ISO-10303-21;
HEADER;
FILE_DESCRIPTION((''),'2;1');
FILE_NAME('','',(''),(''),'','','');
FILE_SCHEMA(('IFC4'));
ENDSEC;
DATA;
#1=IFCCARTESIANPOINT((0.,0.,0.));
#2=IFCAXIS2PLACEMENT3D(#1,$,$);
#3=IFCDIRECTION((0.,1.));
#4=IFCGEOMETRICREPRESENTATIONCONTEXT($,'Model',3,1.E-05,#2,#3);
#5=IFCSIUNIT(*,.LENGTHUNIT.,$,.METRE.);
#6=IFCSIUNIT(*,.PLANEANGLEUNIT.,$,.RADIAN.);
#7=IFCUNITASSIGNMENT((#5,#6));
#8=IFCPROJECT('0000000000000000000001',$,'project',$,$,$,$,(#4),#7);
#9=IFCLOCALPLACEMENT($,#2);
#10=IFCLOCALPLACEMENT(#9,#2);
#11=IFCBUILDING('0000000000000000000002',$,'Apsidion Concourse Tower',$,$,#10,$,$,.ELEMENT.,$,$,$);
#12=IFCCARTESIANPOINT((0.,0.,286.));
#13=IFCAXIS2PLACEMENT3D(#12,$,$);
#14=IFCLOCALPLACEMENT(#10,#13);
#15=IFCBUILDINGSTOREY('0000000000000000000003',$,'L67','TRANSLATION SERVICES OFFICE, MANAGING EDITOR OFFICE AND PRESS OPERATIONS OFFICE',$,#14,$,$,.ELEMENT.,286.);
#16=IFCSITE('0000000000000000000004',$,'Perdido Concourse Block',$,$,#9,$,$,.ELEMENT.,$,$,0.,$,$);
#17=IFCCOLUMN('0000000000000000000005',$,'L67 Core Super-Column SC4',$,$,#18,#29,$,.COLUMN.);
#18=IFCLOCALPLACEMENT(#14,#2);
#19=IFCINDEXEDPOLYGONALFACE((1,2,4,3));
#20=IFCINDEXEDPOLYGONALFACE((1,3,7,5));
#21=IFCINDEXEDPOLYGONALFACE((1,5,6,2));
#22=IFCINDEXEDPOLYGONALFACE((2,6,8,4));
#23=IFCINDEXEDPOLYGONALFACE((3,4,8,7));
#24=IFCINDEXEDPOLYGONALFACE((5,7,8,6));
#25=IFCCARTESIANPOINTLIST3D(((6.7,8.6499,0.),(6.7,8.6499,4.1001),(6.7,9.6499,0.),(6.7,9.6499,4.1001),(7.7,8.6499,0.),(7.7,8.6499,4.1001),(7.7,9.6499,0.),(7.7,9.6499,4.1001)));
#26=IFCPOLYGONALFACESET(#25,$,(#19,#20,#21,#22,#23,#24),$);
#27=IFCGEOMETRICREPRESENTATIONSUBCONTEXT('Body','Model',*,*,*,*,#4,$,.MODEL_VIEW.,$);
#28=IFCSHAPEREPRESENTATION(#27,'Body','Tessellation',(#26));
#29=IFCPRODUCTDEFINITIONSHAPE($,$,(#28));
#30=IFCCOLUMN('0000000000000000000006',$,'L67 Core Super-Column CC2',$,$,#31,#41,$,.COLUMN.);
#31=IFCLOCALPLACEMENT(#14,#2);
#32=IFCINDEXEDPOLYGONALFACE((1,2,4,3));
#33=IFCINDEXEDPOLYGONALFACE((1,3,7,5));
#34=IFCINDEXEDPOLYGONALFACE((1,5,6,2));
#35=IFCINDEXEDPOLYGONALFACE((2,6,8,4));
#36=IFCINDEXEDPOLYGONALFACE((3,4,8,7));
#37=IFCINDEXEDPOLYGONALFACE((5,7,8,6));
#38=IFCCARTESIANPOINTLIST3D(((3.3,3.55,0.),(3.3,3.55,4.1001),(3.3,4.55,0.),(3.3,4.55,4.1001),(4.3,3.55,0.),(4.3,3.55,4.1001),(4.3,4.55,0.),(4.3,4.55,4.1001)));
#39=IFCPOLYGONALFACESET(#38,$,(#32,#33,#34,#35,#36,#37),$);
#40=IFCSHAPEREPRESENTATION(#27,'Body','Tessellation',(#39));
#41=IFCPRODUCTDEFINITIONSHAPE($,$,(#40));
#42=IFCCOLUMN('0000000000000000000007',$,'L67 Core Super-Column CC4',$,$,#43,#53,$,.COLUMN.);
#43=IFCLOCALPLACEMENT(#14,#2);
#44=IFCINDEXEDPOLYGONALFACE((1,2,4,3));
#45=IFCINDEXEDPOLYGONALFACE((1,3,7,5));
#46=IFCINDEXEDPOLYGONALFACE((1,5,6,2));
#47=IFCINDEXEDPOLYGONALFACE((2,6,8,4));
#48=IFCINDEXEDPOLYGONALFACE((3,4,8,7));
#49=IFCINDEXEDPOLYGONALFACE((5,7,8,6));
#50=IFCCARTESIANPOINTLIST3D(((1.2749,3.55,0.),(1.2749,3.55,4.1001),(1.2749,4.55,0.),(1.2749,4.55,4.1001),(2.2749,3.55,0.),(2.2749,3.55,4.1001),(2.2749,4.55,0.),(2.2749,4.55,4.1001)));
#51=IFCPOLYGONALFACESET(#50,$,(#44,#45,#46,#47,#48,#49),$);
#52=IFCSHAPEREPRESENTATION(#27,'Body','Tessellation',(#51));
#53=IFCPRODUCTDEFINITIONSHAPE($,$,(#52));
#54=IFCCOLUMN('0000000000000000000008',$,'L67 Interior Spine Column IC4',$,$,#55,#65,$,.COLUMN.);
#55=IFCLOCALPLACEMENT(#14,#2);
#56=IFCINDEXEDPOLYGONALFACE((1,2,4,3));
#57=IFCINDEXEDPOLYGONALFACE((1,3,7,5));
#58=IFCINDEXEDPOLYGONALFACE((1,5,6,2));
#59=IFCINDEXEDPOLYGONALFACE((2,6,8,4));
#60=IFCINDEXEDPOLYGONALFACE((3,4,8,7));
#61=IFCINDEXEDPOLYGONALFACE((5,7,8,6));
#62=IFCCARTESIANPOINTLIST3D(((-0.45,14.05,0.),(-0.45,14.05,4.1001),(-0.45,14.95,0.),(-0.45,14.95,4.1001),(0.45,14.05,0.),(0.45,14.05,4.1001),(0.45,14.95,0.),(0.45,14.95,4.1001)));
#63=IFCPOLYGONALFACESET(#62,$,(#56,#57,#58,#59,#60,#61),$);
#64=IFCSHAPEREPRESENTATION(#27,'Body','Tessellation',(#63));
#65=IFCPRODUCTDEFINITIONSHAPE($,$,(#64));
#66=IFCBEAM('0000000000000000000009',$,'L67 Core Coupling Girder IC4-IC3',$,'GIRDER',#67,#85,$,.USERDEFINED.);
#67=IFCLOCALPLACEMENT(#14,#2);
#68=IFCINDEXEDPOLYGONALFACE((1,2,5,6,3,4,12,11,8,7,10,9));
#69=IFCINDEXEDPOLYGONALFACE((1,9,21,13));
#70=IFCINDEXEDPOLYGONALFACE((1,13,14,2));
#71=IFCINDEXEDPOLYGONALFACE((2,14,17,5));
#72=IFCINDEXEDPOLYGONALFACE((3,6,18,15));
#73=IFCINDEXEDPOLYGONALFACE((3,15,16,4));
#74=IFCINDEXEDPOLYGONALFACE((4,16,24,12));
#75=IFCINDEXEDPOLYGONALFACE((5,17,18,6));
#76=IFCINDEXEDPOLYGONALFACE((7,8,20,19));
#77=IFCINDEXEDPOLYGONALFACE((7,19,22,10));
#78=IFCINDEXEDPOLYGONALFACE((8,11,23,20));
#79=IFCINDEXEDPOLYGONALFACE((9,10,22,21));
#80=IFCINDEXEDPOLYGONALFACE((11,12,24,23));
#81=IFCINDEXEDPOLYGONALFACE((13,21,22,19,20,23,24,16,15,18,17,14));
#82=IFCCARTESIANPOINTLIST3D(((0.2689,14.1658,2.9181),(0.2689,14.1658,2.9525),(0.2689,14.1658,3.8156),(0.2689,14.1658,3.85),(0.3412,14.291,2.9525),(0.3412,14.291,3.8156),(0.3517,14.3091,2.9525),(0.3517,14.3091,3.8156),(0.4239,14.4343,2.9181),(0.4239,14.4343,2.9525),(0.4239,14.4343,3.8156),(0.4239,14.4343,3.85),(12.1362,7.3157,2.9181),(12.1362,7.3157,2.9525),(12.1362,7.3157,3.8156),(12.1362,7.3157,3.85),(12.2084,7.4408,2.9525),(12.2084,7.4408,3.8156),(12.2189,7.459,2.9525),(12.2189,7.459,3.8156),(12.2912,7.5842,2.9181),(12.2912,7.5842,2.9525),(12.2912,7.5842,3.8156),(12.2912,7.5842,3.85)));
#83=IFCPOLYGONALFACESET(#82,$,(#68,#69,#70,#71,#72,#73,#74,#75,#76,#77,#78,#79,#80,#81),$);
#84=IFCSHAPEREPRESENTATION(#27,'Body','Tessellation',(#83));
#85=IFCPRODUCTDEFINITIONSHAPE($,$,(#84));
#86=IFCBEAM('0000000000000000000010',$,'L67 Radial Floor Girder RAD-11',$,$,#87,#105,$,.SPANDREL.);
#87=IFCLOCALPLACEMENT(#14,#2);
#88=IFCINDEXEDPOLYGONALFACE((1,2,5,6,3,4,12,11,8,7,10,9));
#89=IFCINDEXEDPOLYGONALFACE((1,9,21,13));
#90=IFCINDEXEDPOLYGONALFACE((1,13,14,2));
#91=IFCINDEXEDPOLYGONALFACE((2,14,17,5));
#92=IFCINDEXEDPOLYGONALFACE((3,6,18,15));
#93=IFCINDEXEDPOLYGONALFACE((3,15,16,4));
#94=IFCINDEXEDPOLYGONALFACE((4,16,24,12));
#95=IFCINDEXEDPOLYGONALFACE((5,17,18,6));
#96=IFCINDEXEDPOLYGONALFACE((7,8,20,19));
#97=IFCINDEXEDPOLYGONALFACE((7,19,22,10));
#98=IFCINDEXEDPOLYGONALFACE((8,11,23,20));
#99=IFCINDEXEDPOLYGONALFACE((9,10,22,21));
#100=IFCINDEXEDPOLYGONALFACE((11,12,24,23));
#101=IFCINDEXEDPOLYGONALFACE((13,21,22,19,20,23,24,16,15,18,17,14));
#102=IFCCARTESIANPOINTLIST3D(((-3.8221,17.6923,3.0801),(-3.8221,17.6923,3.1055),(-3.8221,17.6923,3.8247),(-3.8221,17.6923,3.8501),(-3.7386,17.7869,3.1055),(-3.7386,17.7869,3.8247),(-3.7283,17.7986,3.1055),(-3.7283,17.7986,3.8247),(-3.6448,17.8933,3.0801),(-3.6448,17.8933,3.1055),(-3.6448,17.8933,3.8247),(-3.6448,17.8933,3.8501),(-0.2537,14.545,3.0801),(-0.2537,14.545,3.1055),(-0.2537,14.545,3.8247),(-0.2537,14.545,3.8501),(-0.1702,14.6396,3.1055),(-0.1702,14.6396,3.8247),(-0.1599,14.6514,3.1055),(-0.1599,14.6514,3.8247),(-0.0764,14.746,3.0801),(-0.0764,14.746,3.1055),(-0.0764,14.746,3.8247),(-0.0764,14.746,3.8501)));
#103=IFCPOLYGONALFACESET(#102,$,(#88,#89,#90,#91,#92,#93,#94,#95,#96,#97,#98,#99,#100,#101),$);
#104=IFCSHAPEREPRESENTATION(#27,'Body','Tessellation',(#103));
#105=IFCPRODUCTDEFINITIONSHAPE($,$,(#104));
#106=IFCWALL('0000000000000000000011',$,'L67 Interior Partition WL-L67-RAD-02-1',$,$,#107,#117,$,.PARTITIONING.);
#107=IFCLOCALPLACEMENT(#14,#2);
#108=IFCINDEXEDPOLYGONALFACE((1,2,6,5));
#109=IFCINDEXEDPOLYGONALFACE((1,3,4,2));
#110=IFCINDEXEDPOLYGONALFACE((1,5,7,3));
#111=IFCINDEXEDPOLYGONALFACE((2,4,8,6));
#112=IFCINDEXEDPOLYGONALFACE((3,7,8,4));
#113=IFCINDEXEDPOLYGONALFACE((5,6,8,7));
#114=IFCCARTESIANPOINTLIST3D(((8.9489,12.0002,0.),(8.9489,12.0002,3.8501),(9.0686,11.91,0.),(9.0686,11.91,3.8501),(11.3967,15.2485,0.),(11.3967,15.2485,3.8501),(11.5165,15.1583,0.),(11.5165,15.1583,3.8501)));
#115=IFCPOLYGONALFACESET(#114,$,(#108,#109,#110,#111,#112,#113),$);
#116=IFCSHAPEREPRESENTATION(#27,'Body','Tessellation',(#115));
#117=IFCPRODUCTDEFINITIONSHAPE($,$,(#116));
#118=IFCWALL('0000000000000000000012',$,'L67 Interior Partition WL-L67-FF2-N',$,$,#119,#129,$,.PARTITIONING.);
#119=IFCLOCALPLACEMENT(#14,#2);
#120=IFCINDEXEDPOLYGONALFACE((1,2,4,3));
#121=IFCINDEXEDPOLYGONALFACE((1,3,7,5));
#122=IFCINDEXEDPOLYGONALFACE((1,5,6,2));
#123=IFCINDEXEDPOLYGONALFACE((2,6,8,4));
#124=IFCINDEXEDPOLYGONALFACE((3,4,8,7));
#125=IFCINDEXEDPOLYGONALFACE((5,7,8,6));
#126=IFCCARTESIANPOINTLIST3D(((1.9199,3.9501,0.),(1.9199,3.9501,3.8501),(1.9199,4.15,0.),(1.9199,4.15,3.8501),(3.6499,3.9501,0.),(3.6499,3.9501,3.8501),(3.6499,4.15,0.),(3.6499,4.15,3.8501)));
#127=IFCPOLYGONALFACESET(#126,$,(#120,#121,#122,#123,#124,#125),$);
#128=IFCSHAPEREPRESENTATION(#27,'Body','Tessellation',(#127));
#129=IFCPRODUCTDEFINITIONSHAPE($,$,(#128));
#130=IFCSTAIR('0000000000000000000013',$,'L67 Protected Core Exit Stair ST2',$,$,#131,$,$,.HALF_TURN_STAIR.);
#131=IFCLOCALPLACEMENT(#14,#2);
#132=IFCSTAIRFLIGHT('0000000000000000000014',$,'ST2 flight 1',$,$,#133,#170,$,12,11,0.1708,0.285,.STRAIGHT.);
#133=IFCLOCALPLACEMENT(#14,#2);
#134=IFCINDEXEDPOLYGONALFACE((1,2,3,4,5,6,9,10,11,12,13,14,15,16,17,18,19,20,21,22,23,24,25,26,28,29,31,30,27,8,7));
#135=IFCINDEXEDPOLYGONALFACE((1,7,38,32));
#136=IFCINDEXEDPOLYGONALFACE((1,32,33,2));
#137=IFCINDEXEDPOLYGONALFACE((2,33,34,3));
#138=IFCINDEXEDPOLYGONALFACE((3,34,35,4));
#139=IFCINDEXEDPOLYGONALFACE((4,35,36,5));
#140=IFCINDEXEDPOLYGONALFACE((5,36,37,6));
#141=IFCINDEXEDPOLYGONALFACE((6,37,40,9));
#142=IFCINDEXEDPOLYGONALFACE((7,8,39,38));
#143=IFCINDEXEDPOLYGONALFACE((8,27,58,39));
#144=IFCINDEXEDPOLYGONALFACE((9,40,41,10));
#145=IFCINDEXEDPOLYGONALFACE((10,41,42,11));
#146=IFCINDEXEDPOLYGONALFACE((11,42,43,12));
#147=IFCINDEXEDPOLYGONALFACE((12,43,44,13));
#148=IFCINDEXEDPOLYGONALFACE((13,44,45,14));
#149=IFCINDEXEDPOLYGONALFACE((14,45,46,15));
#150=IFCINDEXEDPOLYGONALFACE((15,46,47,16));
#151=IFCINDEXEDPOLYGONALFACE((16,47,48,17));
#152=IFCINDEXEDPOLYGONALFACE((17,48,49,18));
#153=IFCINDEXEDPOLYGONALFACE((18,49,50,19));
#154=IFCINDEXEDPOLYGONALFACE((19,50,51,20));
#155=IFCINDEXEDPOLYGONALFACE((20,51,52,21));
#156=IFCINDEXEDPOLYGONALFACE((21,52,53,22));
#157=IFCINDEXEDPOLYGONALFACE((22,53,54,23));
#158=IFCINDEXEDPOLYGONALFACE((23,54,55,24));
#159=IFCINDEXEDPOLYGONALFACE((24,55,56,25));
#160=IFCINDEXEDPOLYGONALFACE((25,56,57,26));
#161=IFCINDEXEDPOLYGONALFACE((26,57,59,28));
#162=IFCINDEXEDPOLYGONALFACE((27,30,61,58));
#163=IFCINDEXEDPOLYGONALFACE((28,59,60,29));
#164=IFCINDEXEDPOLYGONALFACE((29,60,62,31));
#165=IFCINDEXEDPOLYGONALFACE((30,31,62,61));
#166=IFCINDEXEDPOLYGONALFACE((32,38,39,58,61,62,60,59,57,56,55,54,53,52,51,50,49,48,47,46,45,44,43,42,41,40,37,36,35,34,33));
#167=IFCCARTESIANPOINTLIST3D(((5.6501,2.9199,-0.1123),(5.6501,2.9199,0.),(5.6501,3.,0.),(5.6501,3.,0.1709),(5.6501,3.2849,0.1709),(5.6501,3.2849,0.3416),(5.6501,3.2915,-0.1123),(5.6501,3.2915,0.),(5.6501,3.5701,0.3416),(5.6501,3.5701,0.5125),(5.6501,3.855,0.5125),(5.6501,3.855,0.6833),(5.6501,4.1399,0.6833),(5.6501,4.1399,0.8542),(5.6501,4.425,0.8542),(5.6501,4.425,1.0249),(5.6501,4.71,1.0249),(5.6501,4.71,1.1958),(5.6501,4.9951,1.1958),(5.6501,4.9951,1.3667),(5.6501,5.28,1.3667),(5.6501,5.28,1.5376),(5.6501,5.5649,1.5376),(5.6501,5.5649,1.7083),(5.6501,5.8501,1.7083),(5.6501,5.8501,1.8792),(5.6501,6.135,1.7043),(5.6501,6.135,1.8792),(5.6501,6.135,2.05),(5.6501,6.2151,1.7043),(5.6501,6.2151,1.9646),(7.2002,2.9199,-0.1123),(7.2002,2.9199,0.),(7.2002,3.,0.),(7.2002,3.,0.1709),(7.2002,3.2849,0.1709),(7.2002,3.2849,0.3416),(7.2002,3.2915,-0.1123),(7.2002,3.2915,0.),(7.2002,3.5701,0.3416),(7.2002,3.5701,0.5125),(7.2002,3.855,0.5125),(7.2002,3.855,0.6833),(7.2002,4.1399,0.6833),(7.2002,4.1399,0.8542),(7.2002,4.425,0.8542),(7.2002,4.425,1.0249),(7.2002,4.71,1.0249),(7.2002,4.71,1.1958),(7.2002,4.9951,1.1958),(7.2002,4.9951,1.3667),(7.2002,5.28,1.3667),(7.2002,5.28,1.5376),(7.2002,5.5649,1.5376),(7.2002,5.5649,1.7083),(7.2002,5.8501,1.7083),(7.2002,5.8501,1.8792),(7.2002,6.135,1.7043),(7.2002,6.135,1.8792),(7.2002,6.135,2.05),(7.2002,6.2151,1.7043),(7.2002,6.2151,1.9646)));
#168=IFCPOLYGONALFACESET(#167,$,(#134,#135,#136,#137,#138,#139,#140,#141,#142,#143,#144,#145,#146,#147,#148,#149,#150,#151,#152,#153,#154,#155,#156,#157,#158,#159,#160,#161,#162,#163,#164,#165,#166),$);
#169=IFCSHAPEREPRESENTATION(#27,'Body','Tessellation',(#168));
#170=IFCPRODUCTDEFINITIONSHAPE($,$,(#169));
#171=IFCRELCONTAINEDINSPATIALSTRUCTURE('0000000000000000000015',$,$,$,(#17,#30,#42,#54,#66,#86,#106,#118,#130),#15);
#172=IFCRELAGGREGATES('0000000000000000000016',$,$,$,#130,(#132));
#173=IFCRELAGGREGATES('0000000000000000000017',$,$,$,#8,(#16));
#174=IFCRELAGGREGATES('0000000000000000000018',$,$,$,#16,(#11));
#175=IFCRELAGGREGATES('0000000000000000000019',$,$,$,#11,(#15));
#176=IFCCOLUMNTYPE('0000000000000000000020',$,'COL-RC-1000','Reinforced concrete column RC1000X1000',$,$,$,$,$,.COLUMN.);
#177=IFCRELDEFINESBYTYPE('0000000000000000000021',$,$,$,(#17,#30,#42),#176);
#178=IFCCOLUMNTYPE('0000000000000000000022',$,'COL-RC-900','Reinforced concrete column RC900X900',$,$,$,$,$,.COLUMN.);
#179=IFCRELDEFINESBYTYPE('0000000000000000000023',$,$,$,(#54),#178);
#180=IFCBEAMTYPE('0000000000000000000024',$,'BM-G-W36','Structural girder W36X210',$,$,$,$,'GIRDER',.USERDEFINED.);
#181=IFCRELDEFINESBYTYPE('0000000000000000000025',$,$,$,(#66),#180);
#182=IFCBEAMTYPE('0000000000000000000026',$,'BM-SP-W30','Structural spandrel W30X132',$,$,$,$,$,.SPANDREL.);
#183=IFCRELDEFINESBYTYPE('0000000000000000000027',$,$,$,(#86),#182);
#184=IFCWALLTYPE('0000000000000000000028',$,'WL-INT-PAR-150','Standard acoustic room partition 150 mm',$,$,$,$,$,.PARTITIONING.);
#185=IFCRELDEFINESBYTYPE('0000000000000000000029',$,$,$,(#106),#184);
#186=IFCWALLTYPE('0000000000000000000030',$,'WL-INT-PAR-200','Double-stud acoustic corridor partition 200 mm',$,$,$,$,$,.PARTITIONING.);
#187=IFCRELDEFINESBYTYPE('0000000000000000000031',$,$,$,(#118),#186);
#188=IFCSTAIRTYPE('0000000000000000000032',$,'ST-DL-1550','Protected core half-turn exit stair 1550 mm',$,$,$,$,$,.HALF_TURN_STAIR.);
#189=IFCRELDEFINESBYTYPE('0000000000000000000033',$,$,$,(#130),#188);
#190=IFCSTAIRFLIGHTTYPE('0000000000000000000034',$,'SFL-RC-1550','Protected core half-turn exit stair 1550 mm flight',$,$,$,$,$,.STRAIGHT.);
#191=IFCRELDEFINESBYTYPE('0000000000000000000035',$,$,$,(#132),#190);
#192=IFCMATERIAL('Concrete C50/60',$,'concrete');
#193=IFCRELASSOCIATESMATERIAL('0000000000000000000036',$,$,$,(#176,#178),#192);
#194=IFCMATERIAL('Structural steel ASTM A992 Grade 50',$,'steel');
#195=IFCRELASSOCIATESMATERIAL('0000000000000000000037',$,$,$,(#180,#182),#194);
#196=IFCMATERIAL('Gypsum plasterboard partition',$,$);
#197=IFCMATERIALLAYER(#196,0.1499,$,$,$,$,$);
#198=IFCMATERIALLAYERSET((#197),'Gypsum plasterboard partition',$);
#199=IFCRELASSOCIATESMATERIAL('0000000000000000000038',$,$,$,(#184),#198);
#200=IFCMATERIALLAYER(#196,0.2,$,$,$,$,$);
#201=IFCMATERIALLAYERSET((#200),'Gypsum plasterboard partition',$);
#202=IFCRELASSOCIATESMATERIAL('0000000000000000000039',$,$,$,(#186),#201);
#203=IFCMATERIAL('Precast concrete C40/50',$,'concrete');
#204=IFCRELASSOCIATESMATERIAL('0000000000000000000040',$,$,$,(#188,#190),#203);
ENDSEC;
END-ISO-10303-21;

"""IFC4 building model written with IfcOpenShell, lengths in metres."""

from ifc_helpers import new_model, si_unit, direction, frame, frame_2d, origin, origin_2d, place, context, subcontext, project, spatial, polyline, rectangle, i_section, outline, extrude, material, layer, layer_set, material_profile, profile_set, type_object, element, aggregate, save


model = new_model("IFC4")

# Units and contexts
model_context = context("Model", 3, precision=1e-05, world=origin(), true_north=direction((0.0, 1.0)))
body_context = subcontext(model_context, "Body", "Model", "MODEL_VIEW")
ifc_project = project(units=[si_unit("LENGTHUNIT", "METRE"), si_unit("PLANEANGLEUNIT", "RADIAN")], contexts=[model_context])

# Site, building, storey
site_placement = place(None, origin())
site = spatial("IfcSite", under=ifc_project, at=site_placement, Name="Perdido Concourse Block", CompositionType="ELEMENT", RefElevation=0.0)
building_placement = place(site_placement, origin())
building = spatial("IfcBuilding", under=site, at=building_placement, Name="Apsidion Concourse Tower", CompositionType="ELEMENT")
storey_placement = place(building_placement, frame((0.0, 0.0, 286.0)))
storey = spatial("IfcBuildingStorey", under=building, at=storey_placement, Name="L67", Description="TRANSLATION SERVICES OFFICE, MANAGING EDITOR OFFICE AND PRESS OPERATIONS OFFICE", CompositionType="ELEMENT", Elevation=286.0)

# Columns
ifc_material_1 = material(Name="Concrete C50/60", Category="concrete")
ifc_material_profile_1 = material_profile(ifc_material_1, rectangle(XDim=1.0, YDim=1.0, at=origin_2d()), Name="RC 1000x1000")
ifc_profile_set_1 = profile_set([ifc_material_profile_1], Name="Concrete C50/60")
column_type_1 = type_object("IfcColumnType", Name="COL-RC-1000", Description="Reinforced concrete column RC1000X1000", PredefinedType="COLUMN", material=ifc_profile_set_1)
for number, where, z_axis, x_axis, name in (
    (1, (7.2, 9.1499, 0.0), (0.0, 0.0, 1.0), (1.0, 0.0, 0.0), "L67 Core Super-Column SC4"),
    (2, (3.8, 4.05, 0.0), (0.0, 0.0, 1.0), (1.0, 0.0, 0.0), "L67 Core Super-Column CC2"),
    (3, (1.7749, 4.05, 0.0), (0.0, 0.0, 1.0), (1.0, 0.0, 0.0), "L67 Core Super-Column CC4"),
):
    element("IfcColumn", number, at=place(storey_placement, frame(where, z_axis=z_axis, x_axis=x_axis)), inside=storey, type_object=column_type_1, Name=name, PredefinedType="COLUMN", context=body_context, shape_type="SweptSolid", body=[
        extrude(rectangle(XDim=1.0, YDim=1.0, at=origin_2d()), origin(), (0.0, 0.0, 1.0), 4.1001),
    ])
ifc_material_profile_2 = material_profile(ifc_material_1, rectangle(XDim=0.8999, YDim=0.8999, at=origin_2d()), Name="RC 900x900")
ifc_profile_set_2 = profile_set([ifc_material_profile_2], Name="Concrete C50/60")
column_type_2 = type_object("IfcColumnType", Name="COL-RC-900", Description="Reinforced concrete column RC900X900", PredefinedType="COLUMN", material=ifc_profile_set_2)
column_placement = place(storey_placement, frame((0.0, 14.5, 0.0), z_axis=(0.0, 0.0, 1.0), x_axis=(1.0, 0.0, 0.0)))
element("IfcColumn", 4, at=column_placement, inside=storey, type_object=column_type_2, Name="L67 Interior Spine Column IC4", PredefinedType="COLUMN", context=body_context, shape_type="SweptSolid", body=[
    extrude(rectangle(XDim=0.8999, YDim=0.8999, at=origin_2d()), origin(), (0.0, 0.0, 1.0), 4.1001),
])

# Beams
ifc_material_2 = material(Name="Structural steel ASTM A992 Grade 50", Category="steel")
ifc_material_profile_3 = material_profile(ifc_material_2, i_section(OverallWidth=0.3101, OverallDepth=0.9319, WebThickness=0.021, FlangeThickness=0.0344, at=origin_2d()), Name="W36X210")
ifc_profile_set_3 = profile_set([ifc_material_profile_3], Name="Structural steel ASTM A992 Grade 50")
beam_type_1 = type_object("IfcBeamType", Name="BM-G-W36", Description="Structural girder W36X210", ElementType="GIRDER", PredefinedType="USERDEFINED", material=ifc_profile_set_3)
beam_1_placement = place(storey_placement, frame((0.3464, 14.3, 3.384), z_axis=(0.86607, -0.499922, 0.0), x_axis=(0.499922, 0.86607, 0.0)))
element("IfcBeam", 5, at=beam_1_placement, inside=storey, type_object=beam_type_1, Name="L67 Core Coupling Girder IC4-IC3", ObjectType="GIRDER", PredefinedType="USERDEFINED", context=body_context, shape_type="SweptSolid", body=[
    extrude(i_section(OverallWidth=0.3101, OverallDepth=0.9319, WebThickness=0.021, FlangeThickness=0.0344, at=origin_2d()), origin(), (0.0, 0.0, 1.0), 13.7024),
])
ifc_material_profile_4 = material_profile(ifc_material_2, i_section(OverallWidth=0.2681, OverallDepth=0.77, WebThickness=0.0156, FlangeThickness=0.0254, at=origin_2d()), Name="W30X132")
ifc_profile_set_4 = profile_set([ifc_material_profile_4], Name="Structural steel ASTM A992 Grade 50")
beam_type_2 = type_object("IfcBeamType", Name="BM-SP-W30", Description="Structural spandrel W30X132", PredefinedType="SPANDREL", material=ifc_profile_set_4)
beam_2_placement = place(storey_placement, frame((-0.165, 14.6455, 3.4651), z_axis=(-0.749977, 0.661464, 0.0), x_axis=(-0.661464, -0.749977, 0.0)))
element("IfcBeam", 6, at=beam_2_placement, inside=storey, type_object=beam_type_2, Name="L67 Radial Floor Girder RAD-11", PredefinedType="SPANDREL", context=body_context, shape_type="SweptSolid", body=[
    extrude(i_section(OverallWidth=0.2681, OverallDepth=0.77, WebThickness=0.0156, FlangeThickness=0.0254, at=origin_2d()), origin(), (0.0, 0.0, 1.0), 4.7581),
])

# Walls
ifc_material_3 = material(Name="Gypsum plasterboard partition")
ifc_layer_1 = layer(ifc_material_3, 0.1499)
ifc_layer_set_1 = layer_set([ifc_layer_1], Name="Gypsum plasterboard partition")
wall_type_1 = type_object("IfcWallType", Name="WL-INT-PAR-150", Description="Standard acoustic room partition 150 mm", PredefinedType="PARTITIONING", material=ifc_layer_set_1)
wall_1_placement = place(storey_placement, frame((9.0088, 11.9551, 0.0), z_axis=(0.0, 0.0, 1.0), x_axis=(0.601814, 0.798637, 0.0)))
element("IfcWall", 7, at=wall_1_placement, inside=storey, type_object=wall_type_1, Name="L67 Interior Partition WL-L67-RAD-02-1", PredefinedType="PARTITIONING", context=body_context, shape_type="SweptSolid", body=[
    extrude(rectangle(XDim=4.0674, YDim=0.1499, at=frame_2d((2.0337, 0.0))), origin(), (0.0, 0.0, 1.0), 3.8501),
])
ifc_layer_2 = layer(ifc_material_3, 0.2)
ifc_layer_set_2 = layer_set([ifc_layer_2], Name="Gypsum plasterboard partition")
wall_type_2 = type_object("IfcWallType", Name="WL-INT-PAR-200", Description="Double-stud acoustic corridor partition 200 mm", PredefinedType="PARTITIONING", material=ifc_layer_set_2)
wall_2_placement = place(storey_placement, frame((1.9199, 4.05, 0.0), z_axis=(0.0, 0.0, 1.0), x_axis=(1.0, 0.0, 0.0)))
element("IfcWall", 8, at=wall_2_placement, inside=storey, type_object=wall_type_2, Name="L67 Interior Partition WL-L67-FF2-N", PredefinedType="PARTITIONING", context=body_context, shape_type="SweptSolid", body=[
    extrude(rectangle(XDim=1.73, YDim=0.2, at=frame_2d((0.865, 0.0))), origin(), (0.0, 0.0, 1.0), 3.8501),
])

# Stair, stair flight
ifc_material_4 = material(Name="Precast concrete C40/50", Category="concrete")
stair_type = type_object("IfcStairType", Name="ST-DL-1550", Description="Protected core half-turn exit stair 1550 mm", PredefinedType="HALF_TURN_STAIR", material=ifc_material_4)
stair_1_placement = place(storey_placement, origin())
stair_1 = element("IfcStair", 9, at=stair_1_placement, inside=storey, type_object=stair_type, Name="L67 Protected Core Exit Stair ST2", PredefinedType="HALF_TURN_STAIR")
stair_flight_type = type_object("IfcStairFlightType", Name="SFL-RC-1550", Description="Protected core half-turn exit stair 1550 mm flight", PredefinedType="STRAIGHT", material=ifc_material_4)
stair_flight_1_placement = place(storey_placement, frame((6.425, 3.0, 0.0), z_axis=(0.0, 0.0, 1.0), x_axis=(0.0, 1.0, 0.0)))
stair_flight_1 = element("IfcStairFlight", 10, at=stair_flight_1_placement, type_object=stair_flight_type, Name="ST2 flight 1", NumberOfRisers=12, NumberOfTreads=11, PredefinedType="STRAIGHT", RiserHeight=0.1708, TreadLength=0.285, context=body_context, shape_type="SweptSolid", body=[
    extrude(outline(polyline([(-0.0801, -0.1123), (-0.0801, 0.0), (0.0, 0.0), (0.0, 0.1709), (0.2849, 0.1709), (0.2849, 0.3416), (0.5701, 0.3416), (0.5701, 0.5125), (0.855, 0.5125), (0.855, 0.6833), (1.1399, 0.6833), (1.1399, 0.8542), (1.425, 0.8542), (1.425, 1.0249), (1.71, 1.0249), (1.71, 1.1958), (1.9951, 1.1958), (1.9951, 1.3667), (2.28, 1.3667), (2.28, 1.5376), (2.5649, 1.5376), (2.5649, 1.7083), (2.8501, 1.7083), (2.8501, 1.8792), (3.135, 1.8792), (3.135, 2.05), (3.2151, 1.9646), (3.2151, 1.7043), (3.135, 1.7043), (0.2915, 0.0), (0.2915, -0.1123), (-0.0801, -0.1123)])), frame((0.0, 0.7749, 0.0), z_axis=(0.0, -1.0, 0.0), x_axis=(1.0, 0.0, 0.0)), (0.0, 0.0, 1.0), 1.55),
])
aggregate(stair_1, [stair_flight_1])

save(model, "model.ifc")
